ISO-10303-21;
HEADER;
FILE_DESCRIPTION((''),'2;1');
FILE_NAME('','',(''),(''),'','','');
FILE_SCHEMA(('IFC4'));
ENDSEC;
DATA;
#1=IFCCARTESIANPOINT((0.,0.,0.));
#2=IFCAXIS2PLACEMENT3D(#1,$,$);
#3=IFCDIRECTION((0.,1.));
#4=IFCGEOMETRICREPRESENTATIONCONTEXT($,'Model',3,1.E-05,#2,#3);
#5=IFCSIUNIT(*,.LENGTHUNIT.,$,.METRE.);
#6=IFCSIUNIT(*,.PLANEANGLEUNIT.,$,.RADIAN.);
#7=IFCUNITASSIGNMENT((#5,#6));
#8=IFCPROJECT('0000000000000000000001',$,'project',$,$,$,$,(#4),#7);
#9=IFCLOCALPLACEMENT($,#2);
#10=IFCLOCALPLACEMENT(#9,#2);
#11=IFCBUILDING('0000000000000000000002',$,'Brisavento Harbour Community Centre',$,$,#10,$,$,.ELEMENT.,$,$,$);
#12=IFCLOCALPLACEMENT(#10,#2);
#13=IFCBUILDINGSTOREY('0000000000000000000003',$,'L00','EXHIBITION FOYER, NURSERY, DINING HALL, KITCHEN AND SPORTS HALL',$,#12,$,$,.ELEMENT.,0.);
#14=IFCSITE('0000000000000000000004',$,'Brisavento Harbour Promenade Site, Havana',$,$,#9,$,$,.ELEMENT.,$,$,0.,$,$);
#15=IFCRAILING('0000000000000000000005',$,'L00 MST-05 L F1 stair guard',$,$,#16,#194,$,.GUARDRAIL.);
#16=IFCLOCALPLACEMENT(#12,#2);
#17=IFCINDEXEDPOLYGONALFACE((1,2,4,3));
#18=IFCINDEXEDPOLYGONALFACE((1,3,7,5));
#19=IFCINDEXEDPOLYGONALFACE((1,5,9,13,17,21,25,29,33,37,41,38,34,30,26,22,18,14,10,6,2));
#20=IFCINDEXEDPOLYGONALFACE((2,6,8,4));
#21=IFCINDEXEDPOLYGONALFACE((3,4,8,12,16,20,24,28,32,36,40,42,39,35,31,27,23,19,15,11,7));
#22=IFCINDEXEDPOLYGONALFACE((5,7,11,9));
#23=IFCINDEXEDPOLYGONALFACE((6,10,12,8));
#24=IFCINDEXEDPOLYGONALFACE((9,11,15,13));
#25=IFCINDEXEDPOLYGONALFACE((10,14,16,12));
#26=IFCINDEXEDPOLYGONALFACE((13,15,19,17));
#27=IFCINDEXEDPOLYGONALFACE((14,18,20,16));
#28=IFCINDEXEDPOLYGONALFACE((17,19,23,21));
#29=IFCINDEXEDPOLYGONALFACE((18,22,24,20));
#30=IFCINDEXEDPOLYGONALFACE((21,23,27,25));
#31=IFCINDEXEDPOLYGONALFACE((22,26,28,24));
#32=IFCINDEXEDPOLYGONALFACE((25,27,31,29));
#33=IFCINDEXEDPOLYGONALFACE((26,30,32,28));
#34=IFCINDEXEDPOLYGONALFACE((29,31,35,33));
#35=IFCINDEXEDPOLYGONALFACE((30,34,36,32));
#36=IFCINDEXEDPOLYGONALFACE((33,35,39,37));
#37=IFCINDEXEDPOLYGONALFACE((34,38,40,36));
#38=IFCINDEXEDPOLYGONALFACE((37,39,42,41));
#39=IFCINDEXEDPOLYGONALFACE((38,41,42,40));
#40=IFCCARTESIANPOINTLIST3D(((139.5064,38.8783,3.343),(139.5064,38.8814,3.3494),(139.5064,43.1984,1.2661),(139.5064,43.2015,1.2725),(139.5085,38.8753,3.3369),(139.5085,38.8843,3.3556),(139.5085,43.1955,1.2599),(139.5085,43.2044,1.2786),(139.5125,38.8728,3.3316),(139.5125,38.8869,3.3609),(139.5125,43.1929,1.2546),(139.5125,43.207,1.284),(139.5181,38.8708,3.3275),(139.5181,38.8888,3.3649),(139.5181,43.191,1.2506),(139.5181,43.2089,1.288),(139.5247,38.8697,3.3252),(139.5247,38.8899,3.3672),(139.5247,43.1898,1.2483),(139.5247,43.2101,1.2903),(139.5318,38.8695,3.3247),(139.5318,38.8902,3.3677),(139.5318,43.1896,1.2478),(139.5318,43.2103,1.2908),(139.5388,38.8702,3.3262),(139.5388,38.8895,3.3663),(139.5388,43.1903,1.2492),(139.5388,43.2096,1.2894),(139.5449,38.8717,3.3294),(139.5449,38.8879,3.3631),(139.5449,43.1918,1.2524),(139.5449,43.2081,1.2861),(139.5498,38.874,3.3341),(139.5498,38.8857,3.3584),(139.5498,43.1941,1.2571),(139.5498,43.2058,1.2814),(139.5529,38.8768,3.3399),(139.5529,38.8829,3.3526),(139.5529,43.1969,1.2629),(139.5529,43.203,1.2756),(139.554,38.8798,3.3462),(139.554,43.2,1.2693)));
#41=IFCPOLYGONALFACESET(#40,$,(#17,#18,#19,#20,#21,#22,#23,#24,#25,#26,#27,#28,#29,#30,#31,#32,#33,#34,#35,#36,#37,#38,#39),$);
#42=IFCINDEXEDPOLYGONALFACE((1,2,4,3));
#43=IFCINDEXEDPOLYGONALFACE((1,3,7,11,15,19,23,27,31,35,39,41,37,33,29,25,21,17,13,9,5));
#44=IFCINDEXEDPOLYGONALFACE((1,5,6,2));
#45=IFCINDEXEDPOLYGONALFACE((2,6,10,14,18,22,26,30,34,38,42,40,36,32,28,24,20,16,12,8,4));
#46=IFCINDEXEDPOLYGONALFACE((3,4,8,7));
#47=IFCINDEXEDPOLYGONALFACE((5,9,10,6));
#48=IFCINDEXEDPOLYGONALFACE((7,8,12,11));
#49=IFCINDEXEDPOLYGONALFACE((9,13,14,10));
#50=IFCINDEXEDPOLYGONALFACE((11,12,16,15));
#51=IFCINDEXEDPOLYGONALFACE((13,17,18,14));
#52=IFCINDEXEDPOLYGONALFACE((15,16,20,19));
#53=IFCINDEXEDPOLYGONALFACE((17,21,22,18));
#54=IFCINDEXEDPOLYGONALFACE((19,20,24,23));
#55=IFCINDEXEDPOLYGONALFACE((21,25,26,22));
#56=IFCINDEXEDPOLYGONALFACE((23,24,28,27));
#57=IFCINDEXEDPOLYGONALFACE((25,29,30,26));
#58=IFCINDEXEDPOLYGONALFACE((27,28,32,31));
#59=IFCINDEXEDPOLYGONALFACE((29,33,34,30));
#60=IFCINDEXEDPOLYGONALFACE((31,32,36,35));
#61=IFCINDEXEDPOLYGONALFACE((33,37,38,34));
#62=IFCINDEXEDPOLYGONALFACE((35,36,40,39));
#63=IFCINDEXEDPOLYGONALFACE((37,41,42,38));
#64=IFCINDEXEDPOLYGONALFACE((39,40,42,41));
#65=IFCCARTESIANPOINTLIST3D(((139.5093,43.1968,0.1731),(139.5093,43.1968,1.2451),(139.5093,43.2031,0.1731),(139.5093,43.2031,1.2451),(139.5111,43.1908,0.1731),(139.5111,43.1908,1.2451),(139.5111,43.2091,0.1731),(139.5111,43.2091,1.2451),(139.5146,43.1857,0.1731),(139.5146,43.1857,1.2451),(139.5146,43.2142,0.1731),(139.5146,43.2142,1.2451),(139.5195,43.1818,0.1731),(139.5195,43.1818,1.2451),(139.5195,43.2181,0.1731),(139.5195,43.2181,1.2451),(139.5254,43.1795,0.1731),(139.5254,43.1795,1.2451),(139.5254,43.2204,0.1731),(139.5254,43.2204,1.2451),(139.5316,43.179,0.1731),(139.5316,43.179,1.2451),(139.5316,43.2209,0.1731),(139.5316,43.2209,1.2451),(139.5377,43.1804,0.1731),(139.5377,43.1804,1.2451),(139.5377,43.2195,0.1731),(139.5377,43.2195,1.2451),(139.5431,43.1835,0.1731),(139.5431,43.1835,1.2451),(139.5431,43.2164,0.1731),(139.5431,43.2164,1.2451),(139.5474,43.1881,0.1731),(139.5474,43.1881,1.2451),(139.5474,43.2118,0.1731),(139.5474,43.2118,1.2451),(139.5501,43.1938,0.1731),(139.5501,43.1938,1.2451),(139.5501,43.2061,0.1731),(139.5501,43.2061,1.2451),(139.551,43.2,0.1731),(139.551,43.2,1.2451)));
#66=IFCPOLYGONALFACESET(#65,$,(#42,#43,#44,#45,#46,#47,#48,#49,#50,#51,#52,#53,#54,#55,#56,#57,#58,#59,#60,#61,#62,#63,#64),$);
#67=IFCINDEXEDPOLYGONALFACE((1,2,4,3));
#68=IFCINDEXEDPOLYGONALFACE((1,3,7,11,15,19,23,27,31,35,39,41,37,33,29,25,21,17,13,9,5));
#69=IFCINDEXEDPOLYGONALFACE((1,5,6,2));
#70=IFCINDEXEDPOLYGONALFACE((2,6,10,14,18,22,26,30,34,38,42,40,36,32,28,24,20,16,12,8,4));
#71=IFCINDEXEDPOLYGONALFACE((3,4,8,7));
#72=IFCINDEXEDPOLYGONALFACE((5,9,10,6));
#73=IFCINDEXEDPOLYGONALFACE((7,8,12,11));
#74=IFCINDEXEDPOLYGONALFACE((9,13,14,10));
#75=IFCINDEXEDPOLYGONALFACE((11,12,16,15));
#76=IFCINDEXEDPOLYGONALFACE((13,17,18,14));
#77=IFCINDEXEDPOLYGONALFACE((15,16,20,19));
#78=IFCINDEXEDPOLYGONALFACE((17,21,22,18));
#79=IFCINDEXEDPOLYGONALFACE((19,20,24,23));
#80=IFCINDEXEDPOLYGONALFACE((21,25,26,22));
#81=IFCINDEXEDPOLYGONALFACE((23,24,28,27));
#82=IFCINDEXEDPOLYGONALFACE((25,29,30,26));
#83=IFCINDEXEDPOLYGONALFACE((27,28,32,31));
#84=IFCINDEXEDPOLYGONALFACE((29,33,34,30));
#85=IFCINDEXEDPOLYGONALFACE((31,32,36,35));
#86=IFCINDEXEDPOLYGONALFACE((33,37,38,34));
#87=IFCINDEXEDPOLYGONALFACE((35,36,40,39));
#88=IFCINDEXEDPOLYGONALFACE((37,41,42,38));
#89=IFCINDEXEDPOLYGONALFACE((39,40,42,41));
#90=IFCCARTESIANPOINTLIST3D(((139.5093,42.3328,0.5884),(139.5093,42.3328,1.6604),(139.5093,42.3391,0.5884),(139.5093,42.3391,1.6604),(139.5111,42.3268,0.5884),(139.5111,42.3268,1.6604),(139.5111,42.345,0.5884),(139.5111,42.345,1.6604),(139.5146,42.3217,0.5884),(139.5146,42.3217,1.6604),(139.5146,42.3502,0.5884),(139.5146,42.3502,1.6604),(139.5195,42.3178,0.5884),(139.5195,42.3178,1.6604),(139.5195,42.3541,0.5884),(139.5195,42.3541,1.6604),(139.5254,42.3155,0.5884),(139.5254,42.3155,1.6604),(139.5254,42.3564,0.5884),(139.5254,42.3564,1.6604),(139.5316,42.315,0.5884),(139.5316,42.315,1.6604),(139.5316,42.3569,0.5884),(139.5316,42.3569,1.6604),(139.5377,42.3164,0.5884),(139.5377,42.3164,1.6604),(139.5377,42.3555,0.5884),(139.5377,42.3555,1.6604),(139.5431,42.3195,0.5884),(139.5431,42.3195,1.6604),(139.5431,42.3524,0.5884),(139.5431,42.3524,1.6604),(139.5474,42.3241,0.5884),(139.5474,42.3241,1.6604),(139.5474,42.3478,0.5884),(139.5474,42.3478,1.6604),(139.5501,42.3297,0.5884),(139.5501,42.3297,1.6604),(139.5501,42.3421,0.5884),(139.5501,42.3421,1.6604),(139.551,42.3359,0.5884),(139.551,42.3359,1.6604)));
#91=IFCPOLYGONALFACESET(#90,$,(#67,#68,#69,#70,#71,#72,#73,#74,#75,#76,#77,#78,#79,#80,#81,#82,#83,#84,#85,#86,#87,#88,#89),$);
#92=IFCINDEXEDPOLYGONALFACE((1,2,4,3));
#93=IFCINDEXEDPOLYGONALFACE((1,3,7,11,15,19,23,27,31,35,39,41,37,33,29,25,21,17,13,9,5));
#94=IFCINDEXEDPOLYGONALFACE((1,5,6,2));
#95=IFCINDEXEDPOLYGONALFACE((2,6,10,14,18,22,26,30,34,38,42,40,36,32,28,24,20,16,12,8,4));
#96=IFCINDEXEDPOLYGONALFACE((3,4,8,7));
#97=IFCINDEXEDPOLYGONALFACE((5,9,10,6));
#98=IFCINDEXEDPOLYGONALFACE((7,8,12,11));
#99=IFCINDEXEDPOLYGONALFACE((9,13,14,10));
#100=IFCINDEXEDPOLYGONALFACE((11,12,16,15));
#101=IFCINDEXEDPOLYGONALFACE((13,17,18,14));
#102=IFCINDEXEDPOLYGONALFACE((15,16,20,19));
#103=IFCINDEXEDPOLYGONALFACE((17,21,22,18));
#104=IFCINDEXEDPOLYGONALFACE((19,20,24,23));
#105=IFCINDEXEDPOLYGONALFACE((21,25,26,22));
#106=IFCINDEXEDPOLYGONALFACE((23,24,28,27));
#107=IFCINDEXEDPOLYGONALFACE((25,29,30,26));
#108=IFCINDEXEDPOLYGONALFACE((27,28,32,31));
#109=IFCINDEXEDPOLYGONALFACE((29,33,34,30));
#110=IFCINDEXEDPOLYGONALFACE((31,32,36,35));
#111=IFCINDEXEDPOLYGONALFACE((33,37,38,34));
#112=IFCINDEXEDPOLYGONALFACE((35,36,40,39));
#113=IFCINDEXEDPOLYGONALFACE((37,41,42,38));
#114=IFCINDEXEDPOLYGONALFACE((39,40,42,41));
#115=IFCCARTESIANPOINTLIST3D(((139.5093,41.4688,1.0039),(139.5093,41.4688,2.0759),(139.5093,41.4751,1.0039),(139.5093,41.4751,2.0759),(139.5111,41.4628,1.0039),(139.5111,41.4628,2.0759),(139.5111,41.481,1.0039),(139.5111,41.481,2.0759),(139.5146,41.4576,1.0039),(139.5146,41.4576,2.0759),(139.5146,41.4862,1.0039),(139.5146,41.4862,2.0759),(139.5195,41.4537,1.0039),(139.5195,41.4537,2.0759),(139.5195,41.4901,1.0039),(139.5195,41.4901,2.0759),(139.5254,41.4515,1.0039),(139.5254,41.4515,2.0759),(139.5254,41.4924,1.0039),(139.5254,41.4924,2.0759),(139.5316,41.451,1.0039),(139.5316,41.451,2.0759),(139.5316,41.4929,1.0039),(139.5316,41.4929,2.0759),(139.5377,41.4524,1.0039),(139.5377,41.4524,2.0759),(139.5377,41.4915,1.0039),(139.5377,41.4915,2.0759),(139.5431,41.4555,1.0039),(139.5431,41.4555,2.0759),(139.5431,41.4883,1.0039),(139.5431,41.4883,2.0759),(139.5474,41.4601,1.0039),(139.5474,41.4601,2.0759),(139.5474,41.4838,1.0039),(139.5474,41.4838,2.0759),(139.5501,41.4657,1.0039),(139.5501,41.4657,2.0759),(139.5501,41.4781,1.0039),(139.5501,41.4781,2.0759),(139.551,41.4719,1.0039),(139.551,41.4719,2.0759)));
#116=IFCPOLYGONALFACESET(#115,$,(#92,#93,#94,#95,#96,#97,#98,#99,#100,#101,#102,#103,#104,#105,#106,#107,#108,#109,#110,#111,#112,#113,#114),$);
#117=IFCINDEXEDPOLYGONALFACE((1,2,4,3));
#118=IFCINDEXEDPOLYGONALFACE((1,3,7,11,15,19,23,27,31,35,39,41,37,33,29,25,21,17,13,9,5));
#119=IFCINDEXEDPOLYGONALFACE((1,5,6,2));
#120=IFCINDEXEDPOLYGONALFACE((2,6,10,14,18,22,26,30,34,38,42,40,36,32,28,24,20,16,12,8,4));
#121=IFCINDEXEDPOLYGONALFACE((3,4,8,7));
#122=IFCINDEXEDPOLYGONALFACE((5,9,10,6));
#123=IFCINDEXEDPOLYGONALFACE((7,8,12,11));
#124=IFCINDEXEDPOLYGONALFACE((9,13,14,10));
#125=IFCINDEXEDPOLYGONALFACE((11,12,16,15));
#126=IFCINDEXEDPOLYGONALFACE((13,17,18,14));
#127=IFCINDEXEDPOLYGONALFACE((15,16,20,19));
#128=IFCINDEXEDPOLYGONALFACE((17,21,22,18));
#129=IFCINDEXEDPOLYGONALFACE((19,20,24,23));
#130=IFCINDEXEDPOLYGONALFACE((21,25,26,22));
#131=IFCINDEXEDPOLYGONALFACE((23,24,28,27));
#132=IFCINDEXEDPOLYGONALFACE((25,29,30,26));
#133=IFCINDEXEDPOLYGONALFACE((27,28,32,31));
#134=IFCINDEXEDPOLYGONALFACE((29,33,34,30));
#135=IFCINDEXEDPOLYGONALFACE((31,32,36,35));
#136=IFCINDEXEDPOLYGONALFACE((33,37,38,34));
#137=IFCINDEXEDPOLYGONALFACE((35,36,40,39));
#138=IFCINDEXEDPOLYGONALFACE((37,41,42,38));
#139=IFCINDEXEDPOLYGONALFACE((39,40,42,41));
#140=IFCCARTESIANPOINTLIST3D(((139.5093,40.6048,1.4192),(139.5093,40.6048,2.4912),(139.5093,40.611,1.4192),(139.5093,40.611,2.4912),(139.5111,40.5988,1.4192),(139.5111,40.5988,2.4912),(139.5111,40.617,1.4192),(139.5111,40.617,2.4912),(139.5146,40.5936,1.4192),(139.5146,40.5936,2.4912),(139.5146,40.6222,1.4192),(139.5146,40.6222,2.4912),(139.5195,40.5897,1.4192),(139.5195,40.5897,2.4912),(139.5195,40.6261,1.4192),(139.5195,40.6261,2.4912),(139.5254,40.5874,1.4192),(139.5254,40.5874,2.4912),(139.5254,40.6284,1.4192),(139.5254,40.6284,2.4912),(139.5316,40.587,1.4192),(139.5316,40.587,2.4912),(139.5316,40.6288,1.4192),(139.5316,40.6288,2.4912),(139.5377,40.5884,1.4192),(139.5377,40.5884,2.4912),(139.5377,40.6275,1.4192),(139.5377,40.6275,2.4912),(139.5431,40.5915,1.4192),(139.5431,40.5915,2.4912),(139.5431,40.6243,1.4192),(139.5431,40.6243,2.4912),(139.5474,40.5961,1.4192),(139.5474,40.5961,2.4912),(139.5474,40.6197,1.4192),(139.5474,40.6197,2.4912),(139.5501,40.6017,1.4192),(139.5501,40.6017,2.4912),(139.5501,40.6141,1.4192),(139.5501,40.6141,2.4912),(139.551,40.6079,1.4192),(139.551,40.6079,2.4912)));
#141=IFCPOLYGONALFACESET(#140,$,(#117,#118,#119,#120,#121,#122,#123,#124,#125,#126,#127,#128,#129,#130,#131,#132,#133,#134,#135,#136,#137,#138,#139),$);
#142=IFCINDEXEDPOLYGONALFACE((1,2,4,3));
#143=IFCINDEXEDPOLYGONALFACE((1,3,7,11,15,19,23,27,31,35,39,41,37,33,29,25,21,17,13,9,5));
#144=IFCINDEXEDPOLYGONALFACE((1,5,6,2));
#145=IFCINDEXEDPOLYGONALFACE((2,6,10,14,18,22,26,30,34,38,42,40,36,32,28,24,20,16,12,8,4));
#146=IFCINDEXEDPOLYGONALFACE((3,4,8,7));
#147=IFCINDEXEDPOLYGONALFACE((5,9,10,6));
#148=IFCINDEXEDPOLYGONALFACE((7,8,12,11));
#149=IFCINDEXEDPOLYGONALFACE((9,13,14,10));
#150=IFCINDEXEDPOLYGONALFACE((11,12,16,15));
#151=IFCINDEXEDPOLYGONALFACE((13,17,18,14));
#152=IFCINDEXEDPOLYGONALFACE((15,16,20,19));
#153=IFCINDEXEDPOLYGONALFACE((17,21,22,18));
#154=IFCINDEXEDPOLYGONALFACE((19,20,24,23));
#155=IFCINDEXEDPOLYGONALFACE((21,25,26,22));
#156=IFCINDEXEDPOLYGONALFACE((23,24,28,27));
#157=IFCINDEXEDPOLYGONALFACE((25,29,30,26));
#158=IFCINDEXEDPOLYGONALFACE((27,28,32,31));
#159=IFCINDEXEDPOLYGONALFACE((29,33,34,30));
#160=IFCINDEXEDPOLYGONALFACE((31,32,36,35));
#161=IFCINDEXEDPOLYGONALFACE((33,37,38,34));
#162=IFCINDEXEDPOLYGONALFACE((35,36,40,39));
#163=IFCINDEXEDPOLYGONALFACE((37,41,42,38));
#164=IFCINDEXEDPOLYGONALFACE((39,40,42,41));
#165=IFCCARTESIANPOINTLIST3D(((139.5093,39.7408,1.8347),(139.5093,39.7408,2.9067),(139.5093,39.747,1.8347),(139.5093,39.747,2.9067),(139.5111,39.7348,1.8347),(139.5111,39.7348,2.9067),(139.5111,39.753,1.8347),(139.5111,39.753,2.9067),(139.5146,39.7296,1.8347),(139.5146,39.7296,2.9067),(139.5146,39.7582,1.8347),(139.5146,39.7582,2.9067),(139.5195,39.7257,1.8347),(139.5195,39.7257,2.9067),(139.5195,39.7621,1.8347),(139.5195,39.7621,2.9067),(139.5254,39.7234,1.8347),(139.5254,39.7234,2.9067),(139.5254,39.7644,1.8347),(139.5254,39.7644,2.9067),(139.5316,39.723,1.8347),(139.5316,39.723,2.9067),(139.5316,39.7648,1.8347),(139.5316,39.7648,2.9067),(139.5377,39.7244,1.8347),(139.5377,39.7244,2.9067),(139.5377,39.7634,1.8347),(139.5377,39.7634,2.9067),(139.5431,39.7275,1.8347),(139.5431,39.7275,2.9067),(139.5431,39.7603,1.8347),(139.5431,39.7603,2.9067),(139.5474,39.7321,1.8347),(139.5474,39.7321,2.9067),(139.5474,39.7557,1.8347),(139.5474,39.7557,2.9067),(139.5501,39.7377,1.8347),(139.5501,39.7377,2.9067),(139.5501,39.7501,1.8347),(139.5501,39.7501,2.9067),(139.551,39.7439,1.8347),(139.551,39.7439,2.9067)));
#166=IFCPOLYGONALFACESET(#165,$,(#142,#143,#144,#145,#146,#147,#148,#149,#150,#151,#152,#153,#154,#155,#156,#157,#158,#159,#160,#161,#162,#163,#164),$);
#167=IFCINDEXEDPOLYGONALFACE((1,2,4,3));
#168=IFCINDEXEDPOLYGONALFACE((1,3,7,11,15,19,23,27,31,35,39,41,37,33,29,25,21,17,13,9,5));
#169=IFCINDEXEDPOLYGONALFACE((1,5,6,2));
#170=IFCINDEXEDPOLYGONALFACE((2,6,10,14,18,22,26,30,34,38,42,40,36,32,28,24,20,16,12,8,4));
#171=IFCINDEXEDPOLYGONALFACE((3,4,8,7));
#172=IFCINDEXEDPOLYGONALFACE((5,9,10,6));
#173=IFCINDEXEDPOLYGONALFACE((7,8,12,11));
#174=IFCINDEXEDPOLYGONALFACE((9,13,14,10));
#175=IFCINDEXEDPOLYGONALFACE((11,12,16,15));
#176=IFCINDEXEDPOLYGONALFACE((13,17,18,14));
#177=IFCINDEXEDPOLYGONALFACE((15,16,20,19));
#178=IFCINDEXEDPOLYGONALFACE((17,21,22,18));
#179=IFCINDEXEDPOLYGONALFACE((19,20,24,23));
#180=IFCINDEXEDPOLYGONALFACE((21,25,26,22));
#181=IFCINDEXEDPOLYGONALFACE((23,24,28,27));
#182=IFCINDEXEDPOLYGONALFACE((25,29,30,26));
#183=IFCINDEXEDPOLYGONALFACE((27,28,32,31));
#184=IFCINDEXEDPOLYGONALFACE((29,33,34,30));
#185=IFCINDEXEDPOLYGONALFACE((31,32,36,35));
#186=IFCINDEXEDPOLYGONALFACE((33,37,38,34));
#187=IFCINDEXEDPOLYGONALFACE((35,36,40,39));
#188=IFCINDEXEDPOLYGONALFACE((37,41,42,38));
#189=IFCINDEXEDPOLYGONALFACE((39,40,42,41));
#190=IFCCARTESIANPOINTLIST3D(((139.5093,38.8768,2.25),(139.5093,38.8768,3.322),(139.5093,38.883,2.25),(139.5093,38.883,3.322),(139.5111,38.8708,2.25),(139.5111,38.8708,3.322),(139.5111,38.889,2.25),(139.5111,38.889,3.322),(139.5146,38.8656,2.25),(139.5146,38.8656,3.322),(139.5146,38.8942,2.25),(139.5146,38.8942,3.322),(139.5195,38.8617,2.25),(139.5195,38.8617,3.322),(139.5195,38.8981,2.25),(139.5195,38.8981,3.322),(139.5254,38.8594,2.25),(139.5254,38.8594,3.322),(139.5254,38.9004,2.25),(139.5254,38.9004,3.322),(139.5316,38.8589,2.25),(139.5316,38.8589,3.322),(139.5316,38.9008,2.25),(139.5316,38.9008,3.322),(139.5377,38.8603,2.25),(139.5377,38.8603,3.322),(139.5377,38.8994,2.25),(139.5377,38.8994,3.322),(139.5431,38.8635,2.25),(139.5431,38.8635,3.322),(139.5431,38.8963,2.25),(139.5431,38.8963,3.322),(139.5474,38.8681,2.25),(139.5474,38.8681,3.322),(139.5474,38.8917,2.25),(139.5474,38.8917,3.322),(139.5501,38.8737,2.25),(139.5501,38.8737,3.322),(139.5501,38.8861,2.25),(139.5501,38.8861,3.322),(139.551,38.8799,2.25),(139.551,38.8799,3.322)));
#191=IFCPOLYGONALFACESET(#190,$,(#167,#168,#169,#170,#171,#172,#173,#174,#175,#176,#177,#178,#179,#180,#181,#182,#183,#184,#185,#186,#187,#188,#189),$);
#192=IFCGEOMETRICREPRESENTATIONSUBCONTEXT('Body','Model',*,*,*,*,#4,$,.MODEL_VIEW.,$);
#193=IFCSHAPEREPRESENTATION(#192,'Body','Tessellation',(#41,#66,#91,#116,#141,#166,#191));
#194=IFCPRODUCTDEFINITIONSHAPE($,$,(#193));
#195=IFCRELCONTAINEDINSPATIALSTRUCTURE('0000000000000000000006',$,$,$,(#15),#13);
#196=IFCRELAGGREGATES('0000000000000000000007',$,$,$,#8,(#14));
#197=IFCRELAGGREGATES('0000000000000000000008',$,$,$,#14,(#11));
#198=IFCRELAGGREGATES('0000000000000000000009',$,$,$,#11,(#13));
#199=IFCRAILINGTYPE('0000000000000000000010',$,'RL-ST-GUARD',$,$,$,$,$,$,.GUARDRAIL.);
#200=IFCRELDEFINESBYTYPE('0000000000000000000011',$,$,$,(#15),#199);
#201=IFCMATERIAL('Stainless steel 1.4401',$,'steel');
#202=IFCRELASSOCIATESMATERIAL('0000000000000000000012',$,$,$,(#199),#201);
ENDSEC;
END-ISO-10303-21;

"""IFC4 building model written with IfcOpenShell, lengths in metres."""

from ifc_helpers import new_model, si_unit, direction, frame, origin, origin_2d, place, context, subcontext, project, spatial, circle, extrude, material, type_object, element, save


model = new_model("IFC4")

# Units and contexts
model_context = context("Model", 3, precision=1e-05, world=origin(), true_north=direction((0.0, 1.0)))
body_context = subcontext(model_context, "Body", "Model", "MODEL_VIEW")
ifc_project = project(units=[si_unit("LENGTHUNIT", "METRE"), si_unit("PLANEANGLEUNIT", "RADIAN")], contexts=[model_context])

# Site, building, storey
site_placement = place(None, origin())
site = spatial("IfcSite", under=ifc_project, at=site_placement, Name="Brisavento Harbour Promenade Site, Havana", CompositionType="ELEMENT", RefElevation=0.0)
building_placement = place(site_placement, origin())
building = spatial("IfcBuilding", under=site, at=building_placement, Name="Brisavento Harbour Community Centre", CompositionType="ELEMENT")
storey_placement = place(building_placement, origin())
storey = spatial("IfcBuildingStorey", under=building, at=storey_placement, Name="L00", Description="EXHIBITION FOYER, NURSERY, DINING HALL, KITCHEN AND SPORTS HALL", CompositionType="ELEMENT", Elevation=0.0)

# Railing
ifc_material_1 = material(Name="Stainless steel 1.4401", Category="steel")
railing_type = type_object("IfcRailingType", Name="RL-ST-GUARD", PredefinedType="GUARDRAIL", material=ifc_material_1)
railing_1_placement = place(storey_placement, frame((139.53, 43.2, 0.1731)))
element("IfcRailing", 1, at=railing_1_placement, inside=storey, type_object=railing_type, Name="L00 MST-05 L F1 stair guard", PredefinedType="GUARDRAIL", context=body_context, shape_type="SweptSolid", body=[
    extrude(circle(Radius=0.0239, at=origin_2d()), frame((0.0, 0.0, 1.0962), z_axis=(0.0, -0.901257, 0.433286), x_axis=(1.0, 0.0, 0.0)), (0.0, 0.0, 1.0), 4.7935),
    extrude(circle(Radius=0.021, at=origin_2d()), origin(), (0.0, 0.0, 1.0), 1.072),
    extrude(circle(Radius=0.021, at=origin_2d()), frame((0.0, -0.864, 0.4153)), (0.0, 0.0, 1.0), 1.072),
    extrude(circle(Radius=0.021, at=origin_2d()), frame((0.0, -1.728, 0.8308)), (0.0, 0.0, 1.0), 1.072),
    extrude(circle(Radius=0.021, at=origin_2d()), frame((0.0, -2.592, 1.2461)), (0.0, 0.0, 1.0), 1.072),
    extrude(circle(Radius=0.021, at=origin_2d()), frame((0.0, -3.4561, 1.6616)), (0.0, 0.0, 1.0), 1.072),
    extrude(circle(Radius=0.021, at=origin_2d()), frame((0.0, -4.3201, 2.0769)), (0.0, 0.0, 1.0), 1.072),
])

save(model, "model.ifc")
